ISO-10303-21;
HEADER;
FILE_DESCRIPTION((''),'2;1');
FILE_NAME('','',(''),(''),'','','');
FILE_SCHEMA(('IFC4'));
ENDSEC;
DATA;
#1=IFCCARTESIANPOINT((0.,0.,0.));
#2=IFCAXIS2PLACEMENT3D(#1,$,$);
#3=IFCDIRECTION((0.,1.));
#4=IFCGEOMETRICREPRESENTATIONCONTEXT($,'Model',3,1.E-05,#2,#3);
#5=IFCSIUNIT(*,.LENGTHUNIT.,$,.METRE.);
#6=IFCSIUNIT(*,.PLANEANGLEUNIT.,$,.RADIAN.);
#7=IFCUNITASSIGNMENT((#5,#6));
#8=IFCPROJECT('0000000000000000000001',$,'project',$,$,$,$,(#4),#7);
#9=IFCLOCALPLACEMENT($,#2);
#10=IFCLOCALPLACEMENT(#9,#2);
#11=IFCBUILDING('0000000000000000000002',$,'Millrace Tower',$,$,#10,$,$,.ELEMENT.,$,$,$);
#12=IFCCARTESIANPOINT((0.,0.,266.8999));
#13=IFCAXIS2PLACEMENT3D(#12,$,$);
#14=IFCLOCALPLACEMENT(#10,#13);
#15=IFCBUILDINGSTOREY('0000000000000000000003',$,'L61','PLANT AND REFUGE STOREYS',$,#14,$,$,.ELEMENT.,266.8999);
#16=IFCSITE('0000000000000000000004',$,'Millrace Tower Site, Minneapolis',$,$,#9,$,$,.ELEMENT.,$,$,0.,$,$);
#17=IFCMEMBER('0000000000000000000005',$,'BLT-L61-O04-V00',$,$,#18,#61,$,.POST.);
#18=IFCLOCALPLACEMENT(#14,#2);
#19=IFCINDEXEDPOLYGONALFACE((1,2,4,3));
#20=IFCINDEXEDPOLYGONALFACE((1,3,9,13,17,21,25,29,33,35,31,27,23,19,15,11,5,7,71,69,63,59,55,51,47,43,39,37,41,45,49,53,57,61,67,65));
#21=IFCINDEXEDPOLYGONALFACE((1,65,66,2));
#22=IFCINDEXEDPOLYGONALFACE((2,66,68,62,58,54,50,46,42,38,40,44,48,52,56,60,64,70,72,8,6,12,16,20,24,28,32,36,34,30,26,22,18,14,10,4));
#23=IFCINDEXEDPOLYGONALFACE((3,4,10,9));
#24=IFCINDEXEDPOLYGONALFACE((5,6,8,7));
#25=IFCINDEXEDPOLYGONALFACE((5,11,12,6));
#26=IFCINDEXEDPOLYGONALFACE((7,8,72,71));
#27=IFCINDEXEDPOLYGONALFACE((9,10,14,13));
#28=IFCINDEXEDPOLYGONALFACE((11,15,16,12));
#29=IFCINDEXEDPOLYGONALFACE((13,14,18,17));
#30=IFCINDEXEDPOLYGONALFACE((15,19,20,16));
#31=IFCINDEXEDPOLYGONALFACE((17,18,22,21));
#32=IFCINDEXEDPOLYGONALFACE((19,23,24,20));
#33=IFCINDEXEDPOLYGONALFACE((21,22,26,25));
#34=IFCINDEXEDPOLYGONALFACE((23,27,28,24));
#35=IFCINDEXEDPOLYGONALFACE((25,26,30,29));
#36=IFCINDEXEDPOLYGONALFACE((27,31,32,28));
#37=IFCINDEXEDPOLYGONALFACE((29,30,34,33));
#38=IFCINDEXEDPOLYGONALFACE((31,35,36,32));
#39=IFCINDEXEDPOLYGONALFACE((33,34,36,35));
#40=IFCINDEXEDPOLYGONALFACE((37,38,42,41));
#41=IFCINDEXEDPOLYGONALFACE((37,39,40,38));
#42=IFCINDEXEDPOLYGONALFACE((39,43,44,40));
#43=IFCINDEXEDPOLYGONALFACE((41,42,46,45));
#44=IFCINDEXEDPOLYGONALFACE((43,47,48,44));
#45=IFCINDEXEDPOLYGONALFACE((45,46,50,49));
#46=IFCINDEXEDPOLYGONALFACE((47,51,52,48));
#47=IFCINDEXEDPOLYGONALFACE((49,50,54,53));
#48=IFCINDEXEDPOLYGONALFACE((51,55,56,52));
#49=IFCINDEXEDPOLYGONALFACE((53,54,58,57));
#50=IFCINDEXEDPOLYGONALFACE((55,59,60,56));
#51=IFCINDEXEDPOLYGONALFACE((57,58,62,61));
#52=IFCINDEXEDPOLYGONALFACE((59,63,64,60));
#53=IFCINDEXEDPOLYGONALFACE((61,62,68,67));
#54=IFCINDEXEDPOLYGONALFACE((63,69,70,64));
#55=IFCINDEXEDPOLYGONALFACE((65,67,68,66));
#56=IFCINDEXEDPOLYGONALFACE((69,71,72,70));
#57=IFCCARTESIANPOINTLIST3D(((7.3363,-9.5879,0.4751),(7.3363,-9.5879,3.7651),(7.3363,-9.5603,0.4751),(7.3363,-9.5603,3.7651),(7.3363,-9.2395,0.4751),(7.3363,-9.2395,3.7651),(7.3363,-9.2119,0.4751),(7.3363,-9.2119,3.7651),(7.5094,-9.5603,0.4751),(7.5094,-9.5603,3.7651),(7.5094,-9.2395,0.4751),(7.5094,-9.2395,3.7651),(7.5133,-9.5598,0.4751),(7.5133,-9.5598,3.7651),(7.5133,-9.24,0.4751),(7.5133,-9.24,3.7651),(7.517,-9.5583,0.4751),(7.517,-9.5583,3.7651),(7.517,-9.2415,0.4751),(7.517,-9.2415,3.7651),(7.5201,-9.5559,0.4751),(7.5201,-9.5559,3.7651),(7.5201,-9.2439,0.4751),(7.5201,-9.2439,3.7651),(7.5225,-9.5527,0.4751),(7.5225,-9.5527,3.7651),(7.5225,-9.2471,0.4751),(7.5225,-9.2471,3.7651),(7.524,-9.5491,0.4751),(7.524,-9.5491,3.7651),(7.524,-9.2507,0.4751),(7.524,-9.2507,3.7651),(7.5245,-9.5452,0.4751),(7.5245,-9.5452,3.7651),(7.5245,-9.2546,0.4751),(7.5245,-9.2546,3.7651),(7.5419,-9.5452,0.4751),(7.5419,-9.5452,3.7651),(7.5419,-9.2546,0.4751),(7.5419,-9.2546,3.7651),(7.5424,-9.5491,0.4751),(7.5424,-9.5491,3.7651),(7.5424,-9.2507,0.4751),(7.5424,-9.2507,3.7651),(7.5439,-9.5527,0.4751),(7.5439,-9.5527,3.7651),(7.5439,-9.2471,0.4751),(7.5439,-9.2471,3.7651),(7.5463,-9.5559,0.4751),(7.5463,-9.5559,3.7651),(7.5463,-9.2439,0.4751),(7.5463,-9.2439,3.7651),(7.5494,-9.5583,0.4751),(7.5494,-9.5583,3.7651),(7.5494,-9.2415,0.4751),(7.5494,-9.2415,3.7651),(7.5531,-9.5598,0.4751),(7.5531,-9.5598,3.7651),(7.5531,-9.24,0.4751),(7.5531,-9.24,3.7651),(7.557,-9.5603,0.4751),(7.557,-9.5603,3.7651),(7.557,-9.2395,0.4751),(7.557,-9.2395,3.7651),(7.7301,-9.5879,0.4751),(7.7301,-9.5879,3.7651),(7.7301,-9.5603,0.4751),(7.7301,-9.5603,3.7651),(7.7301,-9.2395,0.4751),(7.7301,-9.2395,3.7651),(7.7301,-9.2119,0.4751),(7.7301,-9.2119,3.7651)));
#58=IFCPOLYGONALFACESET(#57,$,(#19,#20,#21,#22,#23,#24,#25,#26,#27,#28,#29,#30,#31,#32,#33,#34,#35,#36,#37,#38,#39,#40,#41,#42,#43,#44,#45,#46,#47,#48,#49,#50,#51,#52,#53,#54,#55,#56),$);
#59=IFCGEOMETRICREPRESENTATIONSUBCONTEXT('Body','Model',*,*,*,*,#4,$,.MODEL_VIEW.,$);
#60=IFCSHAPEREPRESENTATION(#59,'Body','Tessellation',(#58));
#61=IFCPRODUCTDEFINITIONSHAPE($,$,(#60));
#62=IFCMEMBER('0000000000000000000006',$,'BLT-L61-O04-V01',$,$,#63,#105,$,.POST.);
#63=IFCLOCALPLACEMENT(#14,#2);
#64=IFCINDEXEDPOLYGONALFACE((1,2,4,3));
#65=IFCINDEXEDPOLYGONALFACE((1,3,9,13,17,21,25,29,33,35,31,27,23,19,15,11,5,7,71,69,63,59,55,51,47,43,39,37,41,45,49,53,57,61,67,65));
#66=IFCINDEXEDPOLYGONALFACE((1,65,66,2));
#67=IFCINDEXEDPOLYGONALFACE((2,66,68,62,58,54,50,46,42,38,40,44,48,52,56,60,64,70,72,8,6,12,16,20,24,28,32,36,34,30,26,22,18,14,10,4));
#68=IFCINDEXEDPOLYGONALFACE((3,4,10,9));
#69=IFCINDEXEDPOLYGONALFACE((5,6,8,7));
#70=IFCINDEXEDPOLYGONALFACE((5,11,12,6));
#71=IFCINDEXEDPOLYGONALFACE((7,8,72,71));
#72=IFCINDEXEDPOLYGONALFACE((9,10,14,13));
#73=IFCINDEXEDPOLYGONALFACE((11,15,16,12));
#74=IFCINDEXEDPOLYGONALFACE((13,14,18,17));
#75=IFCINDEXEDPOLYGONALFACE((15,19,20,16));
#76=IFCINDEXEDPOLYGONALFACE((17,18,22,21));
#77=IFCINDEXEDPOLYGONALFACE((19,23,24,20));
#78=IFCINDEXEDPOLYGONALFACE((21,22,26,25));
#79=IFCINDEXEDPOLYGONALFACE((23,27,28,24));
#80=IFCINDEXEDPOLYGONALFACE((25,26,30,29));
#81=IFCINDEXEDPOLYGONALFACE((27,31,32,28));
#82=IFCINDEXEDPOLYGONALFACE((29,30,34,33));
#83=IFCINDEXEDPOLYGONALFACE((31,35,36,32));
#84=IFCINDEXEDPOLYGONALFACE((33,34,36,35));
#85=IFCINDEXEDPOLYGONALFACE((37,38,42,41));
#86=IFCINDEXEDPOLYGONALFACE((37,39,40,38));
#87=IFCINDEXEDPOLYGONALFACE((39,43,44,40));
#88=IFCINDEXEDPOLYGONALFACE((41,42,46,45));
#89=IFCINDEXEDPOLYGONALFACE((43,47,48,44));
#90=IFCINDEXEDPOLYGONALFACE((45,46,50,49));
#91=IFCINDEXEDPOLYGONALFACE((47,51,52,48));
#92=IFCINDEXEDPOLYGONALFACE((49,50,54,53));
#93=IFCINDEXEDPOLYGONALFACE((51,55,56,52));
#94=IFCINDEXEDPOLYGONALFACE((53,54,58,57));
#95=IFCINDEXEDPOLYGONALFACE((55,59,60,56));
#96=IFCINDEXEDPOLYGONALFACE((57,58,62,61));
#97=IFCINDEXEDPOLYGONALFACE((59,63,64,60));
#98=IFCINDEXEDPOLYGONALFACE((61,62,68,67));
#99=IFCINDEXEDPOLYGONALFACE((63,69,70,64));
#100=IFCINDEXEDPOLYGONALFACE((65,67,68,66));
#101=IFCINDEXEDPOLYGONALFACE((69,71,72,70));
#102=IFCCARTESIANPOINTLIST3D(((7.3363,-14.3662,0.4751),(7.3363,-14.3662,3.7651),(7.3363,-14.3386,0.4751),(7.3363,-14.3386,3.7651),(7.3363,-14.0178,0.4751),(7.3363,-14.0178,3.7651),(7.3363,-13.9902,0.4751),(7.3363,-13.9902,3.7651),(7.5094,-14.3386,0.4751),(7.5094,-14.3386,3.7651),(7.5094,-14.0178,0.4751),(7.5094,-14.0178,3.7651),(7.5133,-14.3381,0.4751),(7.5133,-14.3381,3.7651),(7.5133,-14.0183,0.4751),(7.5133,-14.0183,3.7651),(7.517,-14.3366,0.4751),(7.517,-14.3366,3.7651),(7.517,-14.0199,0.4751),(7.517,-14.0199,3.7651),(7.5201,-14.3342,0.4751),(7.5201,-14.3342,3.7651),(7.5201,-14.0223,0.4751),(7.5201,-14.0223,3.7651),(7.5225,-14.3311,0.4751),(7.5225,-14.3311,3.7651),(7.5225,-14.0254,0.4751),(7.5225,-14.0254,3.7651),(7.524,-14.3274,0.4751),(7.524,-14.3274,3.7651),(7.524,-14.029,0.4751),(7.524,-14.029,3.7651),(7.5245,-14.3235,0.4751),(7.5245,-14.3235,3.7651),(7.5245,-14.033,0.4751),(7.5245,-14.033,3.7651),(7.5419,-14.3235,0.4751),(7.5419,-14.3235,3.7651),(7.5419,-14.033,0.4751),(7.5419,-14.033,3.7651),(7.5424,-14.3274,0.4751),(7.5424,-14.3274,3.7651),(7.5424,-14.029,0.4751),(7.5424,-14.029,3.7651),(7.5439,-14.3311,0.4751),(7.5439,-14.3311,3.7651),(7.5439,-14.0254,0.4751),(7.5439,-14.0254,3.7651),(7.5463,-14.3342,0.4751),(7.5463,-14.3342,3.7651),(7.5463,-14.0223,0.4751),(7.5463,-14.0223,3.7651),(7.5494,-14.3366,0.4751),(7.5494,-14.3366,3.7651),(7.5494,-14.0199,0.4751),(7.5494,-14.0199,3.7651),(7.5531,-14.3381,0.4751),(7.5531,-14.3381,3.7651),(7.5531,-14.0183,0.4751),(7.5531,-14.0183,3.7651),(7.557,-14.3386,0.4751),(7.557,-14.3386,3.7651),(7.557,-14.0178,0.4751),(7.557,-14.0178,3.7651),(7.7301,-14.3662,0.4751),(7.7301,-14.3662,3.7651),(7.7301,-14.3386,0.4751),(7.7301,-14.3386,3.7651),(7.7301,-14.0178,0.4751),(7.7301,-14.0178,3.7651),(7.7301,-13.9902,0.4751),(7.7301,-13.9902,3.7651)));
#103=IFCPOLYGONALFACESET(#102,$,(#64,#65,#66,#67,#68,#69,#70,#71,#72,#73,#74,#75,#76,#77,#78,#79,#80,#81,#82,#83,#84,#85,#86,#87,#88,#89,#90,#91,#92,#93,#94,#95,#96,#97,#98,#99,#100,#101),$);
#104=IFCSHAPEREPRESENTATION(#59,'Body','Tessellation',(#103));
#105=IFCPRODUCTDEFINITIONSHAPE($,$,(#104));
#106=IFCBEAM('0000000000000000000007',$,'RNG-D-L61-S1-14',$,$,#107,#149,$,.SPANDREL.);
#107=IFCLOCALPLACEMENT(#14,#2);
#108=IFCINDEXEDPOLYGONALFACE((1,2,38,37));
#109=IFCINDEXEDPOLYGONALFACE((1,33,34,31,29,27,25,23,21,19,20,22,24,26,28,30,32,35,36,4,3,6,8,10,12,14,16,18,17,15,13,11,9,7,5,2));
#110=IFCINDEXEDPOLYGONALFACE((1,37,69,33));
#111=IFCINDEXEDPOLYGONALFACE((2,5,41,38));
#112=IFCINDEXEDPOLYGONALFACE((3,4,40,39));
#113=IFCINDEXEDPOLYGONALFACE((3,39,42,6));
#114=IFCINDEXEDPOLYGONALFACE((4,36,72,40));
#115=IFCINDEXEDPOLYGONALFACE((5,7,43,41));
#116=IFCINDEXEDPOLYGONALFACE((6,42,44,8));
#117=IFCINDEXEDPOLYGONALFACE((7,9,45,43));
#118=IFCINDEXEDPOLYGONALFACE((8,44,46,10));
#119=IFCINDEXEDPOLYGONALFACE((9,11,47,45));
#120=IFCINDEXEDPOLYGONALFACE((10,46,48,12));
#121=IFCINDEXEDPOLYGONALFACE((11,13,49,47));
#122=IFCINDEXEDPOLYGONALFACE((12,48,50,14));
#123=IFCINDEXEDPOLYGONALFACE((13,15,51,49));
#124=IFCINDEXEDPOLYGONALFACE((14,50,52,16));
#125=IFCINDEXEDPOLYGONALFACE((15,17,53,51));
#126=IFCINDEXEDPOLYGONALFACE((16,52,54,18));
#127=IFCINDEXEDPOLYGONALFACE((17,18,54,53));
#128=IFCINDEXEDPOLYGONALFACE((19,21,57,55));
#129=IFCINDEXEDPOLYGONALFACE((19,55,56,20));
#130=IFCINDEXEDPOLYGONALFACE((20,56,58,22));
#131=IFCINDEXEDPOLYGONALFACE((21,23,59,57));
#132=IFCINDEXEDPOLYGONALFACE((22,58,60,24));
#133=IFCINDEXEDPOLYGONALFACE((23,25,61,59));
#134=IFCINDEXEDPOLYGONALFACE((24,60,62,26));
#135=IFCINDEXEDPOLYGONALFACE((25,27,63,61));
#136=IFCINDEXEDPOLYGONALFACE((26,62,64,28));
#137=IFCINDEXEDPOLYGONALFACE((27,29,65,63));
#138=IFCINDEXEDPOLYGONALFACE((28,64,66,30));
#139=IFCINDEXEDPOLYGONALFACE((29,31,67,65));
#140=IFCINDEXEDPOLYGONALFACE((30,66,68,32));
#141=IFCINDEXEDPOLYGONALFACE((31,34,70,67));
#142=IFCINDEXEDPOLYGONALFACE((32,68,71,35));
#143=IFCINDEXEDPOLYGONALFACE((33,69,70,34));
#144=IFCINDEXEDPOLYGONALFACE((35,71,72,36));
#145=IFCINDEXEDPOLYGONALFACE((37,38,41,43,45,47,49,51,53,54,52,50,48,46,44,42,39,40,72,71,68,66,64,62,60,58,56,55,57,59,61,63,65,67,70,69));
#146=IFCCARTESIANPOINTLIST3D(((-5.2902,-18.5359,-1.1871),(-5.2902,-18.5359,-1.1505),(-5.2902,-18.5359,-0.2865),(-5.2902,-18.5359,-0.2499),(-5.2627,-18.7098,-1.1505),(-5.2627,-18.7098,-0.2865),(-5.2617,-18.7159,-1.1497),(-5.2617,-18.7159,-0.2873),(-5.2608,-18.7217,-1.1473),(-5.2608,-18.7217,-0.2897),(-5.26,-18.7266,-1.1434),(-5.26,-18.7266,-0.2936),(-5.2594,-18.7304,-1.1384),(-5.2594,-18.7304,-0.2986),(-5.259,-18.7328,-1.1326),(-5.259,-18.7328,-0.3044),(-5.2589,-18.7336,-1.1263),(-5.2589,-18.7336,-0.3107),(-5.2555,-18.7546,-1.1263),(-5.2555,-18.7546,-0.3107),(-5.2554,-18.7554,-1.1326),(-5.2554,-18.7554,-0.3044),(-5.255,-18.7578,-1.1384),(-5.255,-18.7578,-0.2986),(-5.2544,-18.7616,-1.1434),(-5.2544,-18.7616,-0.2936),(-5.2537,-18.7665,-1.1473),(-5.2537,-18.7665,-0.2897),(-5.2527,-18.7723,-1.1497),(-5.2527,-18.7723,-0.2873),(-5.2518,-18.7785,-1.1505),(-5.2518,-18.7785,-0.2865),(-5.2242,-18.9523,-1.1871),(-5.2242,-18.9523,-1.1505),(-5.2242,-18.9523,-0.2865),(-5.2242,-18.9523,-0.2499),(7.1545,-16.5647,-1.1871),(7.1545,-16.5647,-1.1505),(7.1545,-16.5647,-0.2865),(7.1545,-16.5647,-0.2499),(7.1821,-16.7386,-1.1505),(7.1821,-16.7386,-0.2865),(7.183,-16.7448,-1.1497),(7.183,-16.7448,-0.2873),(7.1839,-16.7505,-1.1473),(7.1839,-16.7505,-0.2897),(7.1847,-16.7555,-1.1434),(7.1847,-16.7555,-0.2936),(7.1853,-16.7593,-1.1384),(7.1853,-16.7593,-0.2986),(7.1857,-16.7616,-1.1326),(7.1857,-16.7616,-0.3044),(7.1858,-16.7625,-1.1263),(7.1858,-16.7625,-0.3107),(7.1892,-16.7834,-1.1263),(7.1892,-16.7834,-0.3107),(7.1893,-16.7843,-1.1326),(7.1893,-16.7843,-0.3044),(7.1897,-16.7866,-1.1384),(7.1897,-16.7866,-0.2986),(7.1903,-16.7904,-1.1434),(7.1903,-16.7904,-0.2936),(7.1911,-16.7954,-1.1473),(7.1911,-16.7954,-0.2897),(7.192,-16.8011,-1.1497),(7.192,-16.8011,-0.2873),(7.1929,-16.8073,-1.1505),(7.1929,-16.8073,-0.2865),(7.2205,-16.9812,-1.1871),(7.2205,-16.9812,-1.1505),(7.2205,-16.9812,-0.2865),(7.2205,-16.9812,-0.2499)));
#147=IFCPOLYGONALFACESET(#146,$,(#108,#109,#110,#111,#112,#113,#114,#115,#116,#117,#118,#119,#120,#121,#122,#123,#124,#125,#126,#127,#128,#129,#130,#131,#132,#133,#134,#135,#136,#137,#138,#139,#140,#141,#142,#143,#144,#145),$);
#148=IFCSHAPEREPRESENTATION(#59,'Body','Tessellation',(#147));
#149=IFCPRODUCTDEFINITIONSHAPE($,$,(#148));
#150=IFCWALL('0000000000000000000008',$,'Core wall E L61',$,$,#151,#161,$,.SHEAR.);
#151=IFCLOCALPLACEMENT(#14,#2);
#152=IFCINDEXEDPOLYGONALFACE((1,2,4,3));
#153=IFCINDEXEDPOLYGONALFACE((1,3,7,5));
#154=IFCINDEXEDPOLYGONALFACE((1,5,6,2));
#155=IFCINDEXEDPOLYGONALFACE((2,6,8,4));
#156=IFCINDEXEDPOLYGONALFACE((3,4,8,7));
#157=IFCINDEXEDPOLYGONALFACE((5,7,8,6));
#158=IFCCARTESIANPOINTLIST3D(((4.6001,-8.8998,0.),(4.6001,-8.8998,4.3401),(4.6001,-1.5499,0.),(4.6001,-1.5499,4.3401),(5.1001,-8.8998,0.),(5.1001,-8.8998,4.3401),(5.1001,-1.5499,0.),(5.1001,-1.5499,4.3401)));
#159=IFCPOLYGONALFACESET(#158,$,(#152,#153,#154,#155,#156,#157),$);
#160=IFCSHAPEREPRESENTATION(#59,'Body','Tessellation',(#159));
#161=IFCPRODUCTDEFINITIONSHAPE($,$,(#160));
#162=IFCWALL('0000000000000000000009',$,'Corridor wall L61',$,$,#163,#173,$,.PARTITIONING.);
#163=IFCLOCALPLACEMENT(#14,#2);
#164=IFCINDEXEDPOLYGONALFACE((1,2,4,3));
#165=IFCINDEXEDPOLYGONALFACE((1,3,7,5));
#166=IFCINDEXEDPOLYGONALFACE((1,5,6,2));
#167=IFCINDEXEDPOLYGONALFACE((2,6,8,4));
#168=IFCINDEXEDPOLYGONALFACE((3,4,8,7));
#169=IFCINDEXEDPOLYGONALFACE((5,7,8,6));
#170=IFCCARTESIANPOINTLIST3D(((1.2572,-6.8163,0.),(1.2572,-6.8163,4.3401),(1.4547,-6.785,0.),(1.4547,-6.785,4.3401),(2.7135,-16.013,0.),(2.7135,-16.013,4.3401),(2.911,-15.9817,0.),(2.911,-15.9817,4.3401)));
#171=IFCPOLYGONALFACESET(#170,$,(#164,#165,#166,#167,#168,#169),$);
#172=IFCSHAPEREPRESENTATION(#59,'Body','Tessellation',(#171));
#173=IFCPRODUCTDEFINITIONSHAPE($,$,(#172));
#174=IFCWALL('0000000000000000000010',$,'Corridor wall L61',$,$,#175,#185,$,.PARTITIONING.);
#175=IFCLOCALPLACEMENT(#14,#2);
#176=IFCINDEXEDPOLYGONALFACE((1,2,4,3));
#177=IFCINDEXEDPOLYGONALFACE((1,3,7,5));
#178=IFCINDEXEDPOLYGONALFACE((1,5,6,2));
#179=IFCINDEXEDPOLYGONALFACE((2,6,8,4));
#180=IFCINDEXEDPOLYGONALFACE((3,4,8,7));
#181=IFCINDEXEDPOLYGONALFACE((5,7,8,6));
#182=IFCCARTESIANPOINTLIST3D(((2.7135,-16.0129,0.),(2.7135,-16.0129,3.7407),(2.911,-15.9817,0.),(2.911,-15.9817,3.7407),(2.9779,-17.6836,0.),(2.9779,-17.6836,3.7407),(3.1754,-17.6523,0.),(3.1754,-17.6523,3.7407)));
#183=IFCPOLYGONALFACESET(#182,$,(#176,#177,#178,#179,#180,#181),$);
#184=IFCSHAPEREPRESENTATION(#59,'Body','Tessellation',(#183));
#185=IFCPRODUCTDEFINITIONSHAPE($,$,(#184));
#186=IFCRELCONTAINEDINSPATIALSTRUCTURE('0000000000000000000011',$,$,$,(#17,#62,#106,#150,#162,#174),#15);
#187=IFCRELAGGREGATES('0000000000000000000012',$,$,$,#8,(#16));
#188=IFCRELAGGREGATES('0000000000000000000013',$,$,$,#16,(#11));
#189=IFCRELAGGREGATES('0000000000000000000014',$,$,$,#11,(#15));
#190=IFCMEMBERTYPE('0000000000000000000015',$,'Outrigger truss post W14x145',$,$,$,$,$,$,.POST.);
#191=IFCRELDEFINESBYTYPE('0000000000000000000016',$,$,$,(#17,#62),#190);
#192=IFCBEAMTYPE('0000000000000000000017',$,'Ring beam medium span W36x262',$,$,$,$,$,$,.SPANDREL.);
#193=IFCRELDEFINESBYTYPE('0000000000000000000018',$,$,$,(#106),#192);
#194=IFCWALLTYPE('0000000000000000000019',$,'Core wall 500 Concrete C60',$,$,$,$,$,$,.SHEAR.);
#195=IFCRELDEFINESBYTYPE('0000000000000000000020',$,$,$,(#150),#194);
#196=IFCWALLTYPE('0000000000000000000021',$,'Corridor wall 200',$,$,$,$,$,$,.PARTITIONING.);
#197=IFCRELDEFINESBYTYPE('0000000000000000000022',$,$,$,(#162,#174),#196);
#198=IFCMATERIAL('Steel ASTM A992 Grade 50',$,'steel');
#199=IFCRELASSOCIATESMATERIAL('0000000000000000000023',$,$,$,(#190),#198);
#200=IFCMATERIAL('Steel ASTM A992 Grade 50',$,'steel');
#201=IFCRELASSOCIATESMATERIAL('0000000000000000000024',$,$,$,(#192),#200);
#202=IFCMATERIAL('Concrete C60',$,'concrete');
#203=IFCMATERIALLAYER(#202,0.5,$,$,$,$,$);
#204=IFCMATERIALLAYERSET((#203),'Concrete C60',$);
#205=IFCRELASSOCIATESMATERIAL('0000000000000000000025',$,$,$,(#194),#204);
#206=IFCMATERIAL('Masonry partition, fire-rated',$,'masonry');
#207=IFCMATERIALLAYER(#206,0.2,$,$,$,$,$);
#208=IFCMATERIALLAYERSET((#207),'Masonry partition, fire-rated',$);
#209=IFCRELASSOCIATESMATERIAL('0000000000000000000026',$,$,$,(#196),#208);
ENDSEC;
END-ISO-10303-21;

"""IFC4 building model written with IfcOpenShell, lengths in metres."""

from ifc_helpers import new_model, si_unit, direction, frame, frame_2d, origin, origin_2d, place, context, subcontext, project, spatial, rectangle, i_section, extrude, material, layer, layer_set, material_profile, profile_set, type_object, element, save


model = new_model("IFC4")

# Units and contexts
model_context = context("Model", 3, precision=1e-05, world=origin(), true_north=direction((0.0, 1.0)))
body_context = subcontext(model_context, "Body", "Model", "MODEL_VIEW")
ifc_project = project(units=[si_unit("LENGTHUNIT", "METRE"), si_unit("PLANEANGLEUNIT", "RADIAN")], contexts=[model_context])

# Site, building, storey
site_placement = place(None, origin())
site = spatial("IfcSite", under=ifc_project, at=site_placement, Name="Millrace Tower Site, Minneapolis", CompositionType="ELEMENT", RefElevation=0.0)
building_placement = place(site_placement, origin())
building = spatial("IfcBuilding", under=site, at=building_placement, Name="Millrace Tower", CompositionType="ELEMENT")
storey_placement = place(building_placement, frame((0.0, 0.0, 266.8999)))
storey = spatial("IfcBuildingStorey", under=building, at=storey_placement, Name="L61", Description="PLANT AND REFUGE STOREYS", CompositionType="ELEMENT", Elevation=266.8999)

# Members
ifc_material_1 = material(Name="Steel ASTM A992 Grade 50", Category="steel")
ifc_material_profile_1 = material_profile(ifc_material_1, i_section(OverallWidth=0.3938, OverallDepth=0.376, WebThickness=0.0173, FlangeThickness=0.0276, FilletRadius=0.0151, at=origin_2d()))
ifc_profile_set_1 = profile_set([ifc_material_profile_1], Name="Steel ASTM A992 Grade 50")
member_type_1 = type_object("IfcMemberType", Name="Outrigger truss post W14x145", PredefinedType="POST", material=ifc_profile_set_1)
for number, where, z_axis, x_axis, name in (
    (1, (7.5332, -9.3999, 0.4751), (0.0, 0.0, 1.0), (1.0, 0.0, 0.0), "BLT-L61-O04-V00"),
    (2, (7.5332, -14.1782, 0.4751), (0.0, 0.0, 1.0), (1.0, 0.0, 0.0), "BLT-L61-O04-V01"),
):
    element("IfcMember", number, at=place(storey_placement, frame(where, z_axis=z_axis, x_axis=x_axis)), inside=storey, type_object=member_type_1, Name=name, PredefinedType="POST", context=body_context, shape_type="SweptSolid", body=[
        extrude(i_section(OverallWidth=0.3938, OverallDepth=0.376, WebThickness=0.0173, FlangeThickness=0.0276, FilletRadius=0.0151, at=origin_2d()), origin(), (0.0, 0.0, 1.0), 3.29),
    ])

# Beam
ifc_material_2 = material(Name="Steel ASTM A992 Grade 50", Category="steel")
ifc_material_profile_2 = material_profile(ifc_material_2, i_section(OverallWidth=0.4216, OverallDepth=0.9373, WebThickness=0.0212, FlangeThickness=0.0366, FilletRadius=0.0242, at=origin_2d()))
ifc_profile_set_2 = profile_set([ifc_material_profile_2], Name="Steel ASTM A992 Grade 50")
beam_type_1 = type_object("IfcBeamType", Name="Ring beam medium span W36x262", PredefinedType="SPANDREL", material=ifc_profile_set_2)
beam_1_placement = place(storey_placement, frame((7.1875, -16.7729, -0.7185), z_axis=(-0.987687, -0.156444, 0.0), x_axis=(0.156444, -0.987687, 0.0)))
element("IfcBeam", 3, at=beam_1_placement, inside=storey, type_object=beam_type_1, Name="RNG-D-L61-S1-14", PredefinedType="SPANDREL", context=body_context, shape_type="SweptSolid", body=[
    extrude(i_section(OverallWidth=0.4216, OverallDepth=0.9373, WebThickness=0.0212, FlangeThickness=0.0366, FilletRadius=0.0242, at=origin_2d()), origin(), (0.0, 0.0, 1.0), 12.5999),
])

# Walls
ifc_material_3 = material(Name="Concrete C60", Category="concrete")
ifc_layer_1 = layer(ifc_material_3, 0.5)
ifc_layer_set_1 = layer_set([ifc_layer_1], Name="Concrete C60")
wall_type_1 = type_object("IfcWallType", Name="Core wall 500 Concrete C60", PredefinedType="SHEAR", material=ifc_layer_set_1)
wall_1_placement = place(storey_placement, frame((4.8501, -1.55, 0.0), z_axis=(0.0, 0.0, 1.0), x_axis=(0.0, -1.0, 0.0)))
element("IfcWall", 4, at=wall_1_placement, inside=storey, type_object=wall_type_1, Name="Core wall E L61", PredefinedType="SHEAR", context=body_context, shape_type="SweptSolid", body=[
    extrude(rectangle(XDim=7.3499, YDim=0.5, at=frame_2d((3.6748, 0.0))), origin(), (0.0, 0.0, 1.0), 4.3401),
])
ifc_material_4 = material(Name="Masonry partition, fire-rated", Category="masonry")
ifc_layer_2 = layer(ifc_material_4, 0.2)
ifc_layer_set_2 = layer_set([ifc_layer_2], Name="Masonry partition, fire-rated")
wall_type_2 = type_object("IfcWallType", Name="Corridor wall 200", PredefinedType="PARTITIONING", material=ifc_layer_set_2)
wall_2_placement = place(storey_placement, frame((1.356, -6.8005, 0.0), z_axis=(0.0, 0.0, 1.0), x_axis=(0.1564, -0.987694, 0.0)))
element("IfcWall", 5, at=wall_2_placement, inside=storey, type_object=wall_type_2, Name="Corridor wall L61", PredefinedType="PARTITIONING", context=body_context, shape_type="SweptSolid", body=[
    extrude(rectangle(XDim=9.3113, YDim=0.2, at=frame_2d((4.6558, 0.0))), origin(), (0.0, 0.0, 1.0), 4.3401),
])
wall_3_placement = place(storey_placement, frame((2.8123, -15.9973, 0.0), z_axis=(0.0, 0.0, 1.0), x_axis=(0.156318, -0.987707, 0.0)))
element("IfcWall", 6, at=wall_3_placement, inside=storey, type_object=wall_type_2, Name="Corridor wall L61", PredefinedType="PARTITIONING", context=body_context, shape_type="SweptSolid", body=[
    extrude(rectangle(XDim=1.6914, YDim=0.2, at=frame_2d((0.8457, 0.0))), origin(), (0.0, 0.0, 1.0), 3.7407),
])

save(model, "model.ifc")
